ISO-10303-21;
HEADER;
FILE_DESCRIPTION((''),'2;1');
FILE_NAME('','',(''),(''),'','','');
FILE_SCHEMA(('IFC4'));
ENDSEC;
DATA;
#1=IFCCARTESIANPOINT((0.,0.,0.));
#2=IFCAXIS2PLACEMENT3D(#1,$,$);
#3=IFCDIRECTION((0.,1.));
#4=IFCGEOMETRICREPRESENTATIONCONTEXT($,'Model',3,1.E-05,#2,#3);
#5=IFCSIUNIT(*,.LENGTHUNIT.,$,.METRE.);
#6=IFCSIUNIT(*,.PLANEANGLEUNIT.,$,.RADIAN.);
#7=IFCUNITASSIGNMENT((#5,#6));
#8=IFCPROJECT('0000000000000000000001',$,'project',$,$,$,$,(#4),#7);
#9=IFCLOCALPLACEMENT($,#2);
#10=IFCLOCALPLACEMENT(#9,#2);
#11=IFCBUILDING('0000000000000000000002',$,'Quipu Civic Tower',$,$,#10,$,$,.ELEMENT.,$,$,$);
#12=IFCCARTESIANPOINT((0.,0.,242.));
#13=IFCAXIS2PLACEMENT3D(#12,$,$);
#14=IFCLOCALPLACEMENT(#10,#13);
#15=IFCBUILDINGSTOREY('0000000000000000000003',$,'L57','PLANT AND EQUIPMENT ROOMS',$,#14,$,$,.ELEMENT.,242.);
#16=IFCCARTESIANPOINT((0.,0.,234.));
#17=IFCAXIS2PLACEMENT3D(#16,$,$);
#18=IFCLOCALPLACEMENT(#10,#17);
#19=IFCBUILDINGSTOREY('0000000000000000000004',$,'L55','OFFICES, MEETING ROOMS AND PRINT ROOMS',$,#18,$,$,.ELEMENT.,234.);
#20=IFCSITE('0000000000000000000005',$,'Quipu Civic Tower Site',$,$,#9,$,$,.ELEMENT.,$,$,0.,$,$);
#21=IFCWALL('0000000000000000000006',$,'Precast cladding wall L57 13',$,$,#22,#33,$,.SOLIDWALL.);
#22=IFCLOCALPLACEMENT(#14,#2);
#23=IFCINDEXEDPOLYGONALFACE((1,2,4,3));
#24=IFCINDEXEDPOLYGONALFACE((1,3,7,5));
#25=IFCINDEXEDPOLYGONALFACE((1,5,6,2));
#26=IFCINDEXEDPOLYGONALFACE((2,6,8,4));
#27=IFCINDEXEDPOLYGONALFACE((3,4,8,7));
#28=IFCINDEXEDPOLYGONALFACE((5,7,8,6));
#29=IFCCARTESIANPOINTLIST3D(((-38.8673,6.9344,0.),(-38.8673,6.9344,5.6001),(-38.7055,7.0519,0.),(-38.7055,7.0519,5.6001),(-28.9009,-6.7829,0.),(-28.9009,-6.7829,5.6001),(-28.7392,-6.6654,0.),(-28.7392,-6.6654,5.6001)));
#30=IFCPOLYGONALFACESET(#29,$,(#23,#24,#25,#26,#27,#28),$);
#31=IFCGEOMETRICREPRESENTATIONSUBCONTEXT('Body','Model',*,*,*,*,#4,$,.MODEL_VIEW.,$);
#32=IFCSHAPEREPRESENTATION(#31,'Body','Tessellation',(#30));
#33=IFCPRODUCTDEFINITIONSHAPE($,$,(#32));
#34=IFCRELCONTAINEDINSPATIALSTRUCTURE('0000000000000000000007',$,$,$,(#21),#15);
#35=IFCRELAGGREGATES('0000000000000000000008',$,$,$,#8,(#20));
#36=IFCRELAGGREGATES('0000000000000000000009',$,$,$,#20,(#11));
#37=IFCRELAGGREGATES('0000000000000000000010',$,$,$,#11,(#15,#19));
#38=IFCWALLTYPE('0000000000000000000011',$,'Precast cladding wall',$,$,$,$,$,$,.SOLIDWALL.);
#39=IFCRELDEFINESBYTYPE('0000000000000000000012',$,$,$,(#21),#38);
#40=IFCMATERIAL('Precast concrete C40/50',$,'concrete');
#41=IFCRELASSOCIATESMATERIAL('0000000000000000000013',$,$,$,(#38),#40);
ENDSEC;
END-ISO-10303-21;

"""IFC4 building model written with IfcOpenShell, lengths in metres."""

from ifc_helpers import new_model, si_unit, direction, frame, frame_2d, origin, place, context, subcontext, project, spatial, rectangle, extrude, material, type_object, element, save


model = new_model("IFC4")

# Units and contexts
model_context = context("Model", 3, precision=1e-05, world=origin(), true_north=direction((0.0, 1.0)))
body_context = subcontext(model_context, "Body", "Model", "MODEL_VIEW")
ifc_project = project(units=[si_unit("LENGTHUNIT", "METRE"), si_unit("PLANEANGLEUNIT", "RADIAN")], contexts=[model_context])

# Site, building, storey
site_placement = place(None, origin())
site = spatial("IfcSite", under=ifc_project, at=site_placement, Name="Quipu Civic Tower Site", CompositionType="ELEMENT", RefElevation=0.0)
building_placement = place(site_placement, origin())
building = spatial("IfcBuilding", under=site, at=building_placement, Name="Quipu Civic Tower", CompositionType="ELEMENT")
storey_1_placement = place(building_placement, frame((0.0, 0.0, 242.0)))
storey_1 = spatial("IfcBuildingStorey", under=building, at=storey_1_placement, Name="L57", Description="PLANT AND EQUIPMENT ROOMS", CompositionType="ELEMENT", Elevation=242.0)

# Shared definitions
storey_2_placement = place(building_placement, frame((0.0, 0.0, 234.0)))
storey_2 = spatial("IfcBuildingStorey", under=building, at=storey_2_placement, Name="L55", Description="OFFICES, MEETING ROOMS AND PRINT ROOMS", CompositionType="ELEMENT", Elevation=234.0)

# Wall
ifc_material_1 = material(Name="Precast concrete C40/50", Category="concrete")
wall_type_1 = type_object("IfcWallType", Name="Precast cladding wall", PredefinedType="SOLIDWALL", material=ifc_material_1)
wall_1_placement = place(storey_1_placement, frame((-38.7864, 6.9932, 0.0), z_axis=(0.0, 0.0, 1.0), x_axis=(0.58779, -0.809014, 0.0)))
element("IfcWall", 1, at=wall_1_placement, inside=storey_1, type_object=wall_type_1, Name="Precast cladding wall L57 13", PredefinedType="SOLIDWALL", context=body_context, shape_type="SweptSolid", body=[
    extrude(rectangle(XDim=16.9556, YDim=0.2, at=frame_2d((8.4778, 0.0))), origin(), (0.0, 0.0, 1.0), 5.6001),
])

save(model, "model.ifc")
